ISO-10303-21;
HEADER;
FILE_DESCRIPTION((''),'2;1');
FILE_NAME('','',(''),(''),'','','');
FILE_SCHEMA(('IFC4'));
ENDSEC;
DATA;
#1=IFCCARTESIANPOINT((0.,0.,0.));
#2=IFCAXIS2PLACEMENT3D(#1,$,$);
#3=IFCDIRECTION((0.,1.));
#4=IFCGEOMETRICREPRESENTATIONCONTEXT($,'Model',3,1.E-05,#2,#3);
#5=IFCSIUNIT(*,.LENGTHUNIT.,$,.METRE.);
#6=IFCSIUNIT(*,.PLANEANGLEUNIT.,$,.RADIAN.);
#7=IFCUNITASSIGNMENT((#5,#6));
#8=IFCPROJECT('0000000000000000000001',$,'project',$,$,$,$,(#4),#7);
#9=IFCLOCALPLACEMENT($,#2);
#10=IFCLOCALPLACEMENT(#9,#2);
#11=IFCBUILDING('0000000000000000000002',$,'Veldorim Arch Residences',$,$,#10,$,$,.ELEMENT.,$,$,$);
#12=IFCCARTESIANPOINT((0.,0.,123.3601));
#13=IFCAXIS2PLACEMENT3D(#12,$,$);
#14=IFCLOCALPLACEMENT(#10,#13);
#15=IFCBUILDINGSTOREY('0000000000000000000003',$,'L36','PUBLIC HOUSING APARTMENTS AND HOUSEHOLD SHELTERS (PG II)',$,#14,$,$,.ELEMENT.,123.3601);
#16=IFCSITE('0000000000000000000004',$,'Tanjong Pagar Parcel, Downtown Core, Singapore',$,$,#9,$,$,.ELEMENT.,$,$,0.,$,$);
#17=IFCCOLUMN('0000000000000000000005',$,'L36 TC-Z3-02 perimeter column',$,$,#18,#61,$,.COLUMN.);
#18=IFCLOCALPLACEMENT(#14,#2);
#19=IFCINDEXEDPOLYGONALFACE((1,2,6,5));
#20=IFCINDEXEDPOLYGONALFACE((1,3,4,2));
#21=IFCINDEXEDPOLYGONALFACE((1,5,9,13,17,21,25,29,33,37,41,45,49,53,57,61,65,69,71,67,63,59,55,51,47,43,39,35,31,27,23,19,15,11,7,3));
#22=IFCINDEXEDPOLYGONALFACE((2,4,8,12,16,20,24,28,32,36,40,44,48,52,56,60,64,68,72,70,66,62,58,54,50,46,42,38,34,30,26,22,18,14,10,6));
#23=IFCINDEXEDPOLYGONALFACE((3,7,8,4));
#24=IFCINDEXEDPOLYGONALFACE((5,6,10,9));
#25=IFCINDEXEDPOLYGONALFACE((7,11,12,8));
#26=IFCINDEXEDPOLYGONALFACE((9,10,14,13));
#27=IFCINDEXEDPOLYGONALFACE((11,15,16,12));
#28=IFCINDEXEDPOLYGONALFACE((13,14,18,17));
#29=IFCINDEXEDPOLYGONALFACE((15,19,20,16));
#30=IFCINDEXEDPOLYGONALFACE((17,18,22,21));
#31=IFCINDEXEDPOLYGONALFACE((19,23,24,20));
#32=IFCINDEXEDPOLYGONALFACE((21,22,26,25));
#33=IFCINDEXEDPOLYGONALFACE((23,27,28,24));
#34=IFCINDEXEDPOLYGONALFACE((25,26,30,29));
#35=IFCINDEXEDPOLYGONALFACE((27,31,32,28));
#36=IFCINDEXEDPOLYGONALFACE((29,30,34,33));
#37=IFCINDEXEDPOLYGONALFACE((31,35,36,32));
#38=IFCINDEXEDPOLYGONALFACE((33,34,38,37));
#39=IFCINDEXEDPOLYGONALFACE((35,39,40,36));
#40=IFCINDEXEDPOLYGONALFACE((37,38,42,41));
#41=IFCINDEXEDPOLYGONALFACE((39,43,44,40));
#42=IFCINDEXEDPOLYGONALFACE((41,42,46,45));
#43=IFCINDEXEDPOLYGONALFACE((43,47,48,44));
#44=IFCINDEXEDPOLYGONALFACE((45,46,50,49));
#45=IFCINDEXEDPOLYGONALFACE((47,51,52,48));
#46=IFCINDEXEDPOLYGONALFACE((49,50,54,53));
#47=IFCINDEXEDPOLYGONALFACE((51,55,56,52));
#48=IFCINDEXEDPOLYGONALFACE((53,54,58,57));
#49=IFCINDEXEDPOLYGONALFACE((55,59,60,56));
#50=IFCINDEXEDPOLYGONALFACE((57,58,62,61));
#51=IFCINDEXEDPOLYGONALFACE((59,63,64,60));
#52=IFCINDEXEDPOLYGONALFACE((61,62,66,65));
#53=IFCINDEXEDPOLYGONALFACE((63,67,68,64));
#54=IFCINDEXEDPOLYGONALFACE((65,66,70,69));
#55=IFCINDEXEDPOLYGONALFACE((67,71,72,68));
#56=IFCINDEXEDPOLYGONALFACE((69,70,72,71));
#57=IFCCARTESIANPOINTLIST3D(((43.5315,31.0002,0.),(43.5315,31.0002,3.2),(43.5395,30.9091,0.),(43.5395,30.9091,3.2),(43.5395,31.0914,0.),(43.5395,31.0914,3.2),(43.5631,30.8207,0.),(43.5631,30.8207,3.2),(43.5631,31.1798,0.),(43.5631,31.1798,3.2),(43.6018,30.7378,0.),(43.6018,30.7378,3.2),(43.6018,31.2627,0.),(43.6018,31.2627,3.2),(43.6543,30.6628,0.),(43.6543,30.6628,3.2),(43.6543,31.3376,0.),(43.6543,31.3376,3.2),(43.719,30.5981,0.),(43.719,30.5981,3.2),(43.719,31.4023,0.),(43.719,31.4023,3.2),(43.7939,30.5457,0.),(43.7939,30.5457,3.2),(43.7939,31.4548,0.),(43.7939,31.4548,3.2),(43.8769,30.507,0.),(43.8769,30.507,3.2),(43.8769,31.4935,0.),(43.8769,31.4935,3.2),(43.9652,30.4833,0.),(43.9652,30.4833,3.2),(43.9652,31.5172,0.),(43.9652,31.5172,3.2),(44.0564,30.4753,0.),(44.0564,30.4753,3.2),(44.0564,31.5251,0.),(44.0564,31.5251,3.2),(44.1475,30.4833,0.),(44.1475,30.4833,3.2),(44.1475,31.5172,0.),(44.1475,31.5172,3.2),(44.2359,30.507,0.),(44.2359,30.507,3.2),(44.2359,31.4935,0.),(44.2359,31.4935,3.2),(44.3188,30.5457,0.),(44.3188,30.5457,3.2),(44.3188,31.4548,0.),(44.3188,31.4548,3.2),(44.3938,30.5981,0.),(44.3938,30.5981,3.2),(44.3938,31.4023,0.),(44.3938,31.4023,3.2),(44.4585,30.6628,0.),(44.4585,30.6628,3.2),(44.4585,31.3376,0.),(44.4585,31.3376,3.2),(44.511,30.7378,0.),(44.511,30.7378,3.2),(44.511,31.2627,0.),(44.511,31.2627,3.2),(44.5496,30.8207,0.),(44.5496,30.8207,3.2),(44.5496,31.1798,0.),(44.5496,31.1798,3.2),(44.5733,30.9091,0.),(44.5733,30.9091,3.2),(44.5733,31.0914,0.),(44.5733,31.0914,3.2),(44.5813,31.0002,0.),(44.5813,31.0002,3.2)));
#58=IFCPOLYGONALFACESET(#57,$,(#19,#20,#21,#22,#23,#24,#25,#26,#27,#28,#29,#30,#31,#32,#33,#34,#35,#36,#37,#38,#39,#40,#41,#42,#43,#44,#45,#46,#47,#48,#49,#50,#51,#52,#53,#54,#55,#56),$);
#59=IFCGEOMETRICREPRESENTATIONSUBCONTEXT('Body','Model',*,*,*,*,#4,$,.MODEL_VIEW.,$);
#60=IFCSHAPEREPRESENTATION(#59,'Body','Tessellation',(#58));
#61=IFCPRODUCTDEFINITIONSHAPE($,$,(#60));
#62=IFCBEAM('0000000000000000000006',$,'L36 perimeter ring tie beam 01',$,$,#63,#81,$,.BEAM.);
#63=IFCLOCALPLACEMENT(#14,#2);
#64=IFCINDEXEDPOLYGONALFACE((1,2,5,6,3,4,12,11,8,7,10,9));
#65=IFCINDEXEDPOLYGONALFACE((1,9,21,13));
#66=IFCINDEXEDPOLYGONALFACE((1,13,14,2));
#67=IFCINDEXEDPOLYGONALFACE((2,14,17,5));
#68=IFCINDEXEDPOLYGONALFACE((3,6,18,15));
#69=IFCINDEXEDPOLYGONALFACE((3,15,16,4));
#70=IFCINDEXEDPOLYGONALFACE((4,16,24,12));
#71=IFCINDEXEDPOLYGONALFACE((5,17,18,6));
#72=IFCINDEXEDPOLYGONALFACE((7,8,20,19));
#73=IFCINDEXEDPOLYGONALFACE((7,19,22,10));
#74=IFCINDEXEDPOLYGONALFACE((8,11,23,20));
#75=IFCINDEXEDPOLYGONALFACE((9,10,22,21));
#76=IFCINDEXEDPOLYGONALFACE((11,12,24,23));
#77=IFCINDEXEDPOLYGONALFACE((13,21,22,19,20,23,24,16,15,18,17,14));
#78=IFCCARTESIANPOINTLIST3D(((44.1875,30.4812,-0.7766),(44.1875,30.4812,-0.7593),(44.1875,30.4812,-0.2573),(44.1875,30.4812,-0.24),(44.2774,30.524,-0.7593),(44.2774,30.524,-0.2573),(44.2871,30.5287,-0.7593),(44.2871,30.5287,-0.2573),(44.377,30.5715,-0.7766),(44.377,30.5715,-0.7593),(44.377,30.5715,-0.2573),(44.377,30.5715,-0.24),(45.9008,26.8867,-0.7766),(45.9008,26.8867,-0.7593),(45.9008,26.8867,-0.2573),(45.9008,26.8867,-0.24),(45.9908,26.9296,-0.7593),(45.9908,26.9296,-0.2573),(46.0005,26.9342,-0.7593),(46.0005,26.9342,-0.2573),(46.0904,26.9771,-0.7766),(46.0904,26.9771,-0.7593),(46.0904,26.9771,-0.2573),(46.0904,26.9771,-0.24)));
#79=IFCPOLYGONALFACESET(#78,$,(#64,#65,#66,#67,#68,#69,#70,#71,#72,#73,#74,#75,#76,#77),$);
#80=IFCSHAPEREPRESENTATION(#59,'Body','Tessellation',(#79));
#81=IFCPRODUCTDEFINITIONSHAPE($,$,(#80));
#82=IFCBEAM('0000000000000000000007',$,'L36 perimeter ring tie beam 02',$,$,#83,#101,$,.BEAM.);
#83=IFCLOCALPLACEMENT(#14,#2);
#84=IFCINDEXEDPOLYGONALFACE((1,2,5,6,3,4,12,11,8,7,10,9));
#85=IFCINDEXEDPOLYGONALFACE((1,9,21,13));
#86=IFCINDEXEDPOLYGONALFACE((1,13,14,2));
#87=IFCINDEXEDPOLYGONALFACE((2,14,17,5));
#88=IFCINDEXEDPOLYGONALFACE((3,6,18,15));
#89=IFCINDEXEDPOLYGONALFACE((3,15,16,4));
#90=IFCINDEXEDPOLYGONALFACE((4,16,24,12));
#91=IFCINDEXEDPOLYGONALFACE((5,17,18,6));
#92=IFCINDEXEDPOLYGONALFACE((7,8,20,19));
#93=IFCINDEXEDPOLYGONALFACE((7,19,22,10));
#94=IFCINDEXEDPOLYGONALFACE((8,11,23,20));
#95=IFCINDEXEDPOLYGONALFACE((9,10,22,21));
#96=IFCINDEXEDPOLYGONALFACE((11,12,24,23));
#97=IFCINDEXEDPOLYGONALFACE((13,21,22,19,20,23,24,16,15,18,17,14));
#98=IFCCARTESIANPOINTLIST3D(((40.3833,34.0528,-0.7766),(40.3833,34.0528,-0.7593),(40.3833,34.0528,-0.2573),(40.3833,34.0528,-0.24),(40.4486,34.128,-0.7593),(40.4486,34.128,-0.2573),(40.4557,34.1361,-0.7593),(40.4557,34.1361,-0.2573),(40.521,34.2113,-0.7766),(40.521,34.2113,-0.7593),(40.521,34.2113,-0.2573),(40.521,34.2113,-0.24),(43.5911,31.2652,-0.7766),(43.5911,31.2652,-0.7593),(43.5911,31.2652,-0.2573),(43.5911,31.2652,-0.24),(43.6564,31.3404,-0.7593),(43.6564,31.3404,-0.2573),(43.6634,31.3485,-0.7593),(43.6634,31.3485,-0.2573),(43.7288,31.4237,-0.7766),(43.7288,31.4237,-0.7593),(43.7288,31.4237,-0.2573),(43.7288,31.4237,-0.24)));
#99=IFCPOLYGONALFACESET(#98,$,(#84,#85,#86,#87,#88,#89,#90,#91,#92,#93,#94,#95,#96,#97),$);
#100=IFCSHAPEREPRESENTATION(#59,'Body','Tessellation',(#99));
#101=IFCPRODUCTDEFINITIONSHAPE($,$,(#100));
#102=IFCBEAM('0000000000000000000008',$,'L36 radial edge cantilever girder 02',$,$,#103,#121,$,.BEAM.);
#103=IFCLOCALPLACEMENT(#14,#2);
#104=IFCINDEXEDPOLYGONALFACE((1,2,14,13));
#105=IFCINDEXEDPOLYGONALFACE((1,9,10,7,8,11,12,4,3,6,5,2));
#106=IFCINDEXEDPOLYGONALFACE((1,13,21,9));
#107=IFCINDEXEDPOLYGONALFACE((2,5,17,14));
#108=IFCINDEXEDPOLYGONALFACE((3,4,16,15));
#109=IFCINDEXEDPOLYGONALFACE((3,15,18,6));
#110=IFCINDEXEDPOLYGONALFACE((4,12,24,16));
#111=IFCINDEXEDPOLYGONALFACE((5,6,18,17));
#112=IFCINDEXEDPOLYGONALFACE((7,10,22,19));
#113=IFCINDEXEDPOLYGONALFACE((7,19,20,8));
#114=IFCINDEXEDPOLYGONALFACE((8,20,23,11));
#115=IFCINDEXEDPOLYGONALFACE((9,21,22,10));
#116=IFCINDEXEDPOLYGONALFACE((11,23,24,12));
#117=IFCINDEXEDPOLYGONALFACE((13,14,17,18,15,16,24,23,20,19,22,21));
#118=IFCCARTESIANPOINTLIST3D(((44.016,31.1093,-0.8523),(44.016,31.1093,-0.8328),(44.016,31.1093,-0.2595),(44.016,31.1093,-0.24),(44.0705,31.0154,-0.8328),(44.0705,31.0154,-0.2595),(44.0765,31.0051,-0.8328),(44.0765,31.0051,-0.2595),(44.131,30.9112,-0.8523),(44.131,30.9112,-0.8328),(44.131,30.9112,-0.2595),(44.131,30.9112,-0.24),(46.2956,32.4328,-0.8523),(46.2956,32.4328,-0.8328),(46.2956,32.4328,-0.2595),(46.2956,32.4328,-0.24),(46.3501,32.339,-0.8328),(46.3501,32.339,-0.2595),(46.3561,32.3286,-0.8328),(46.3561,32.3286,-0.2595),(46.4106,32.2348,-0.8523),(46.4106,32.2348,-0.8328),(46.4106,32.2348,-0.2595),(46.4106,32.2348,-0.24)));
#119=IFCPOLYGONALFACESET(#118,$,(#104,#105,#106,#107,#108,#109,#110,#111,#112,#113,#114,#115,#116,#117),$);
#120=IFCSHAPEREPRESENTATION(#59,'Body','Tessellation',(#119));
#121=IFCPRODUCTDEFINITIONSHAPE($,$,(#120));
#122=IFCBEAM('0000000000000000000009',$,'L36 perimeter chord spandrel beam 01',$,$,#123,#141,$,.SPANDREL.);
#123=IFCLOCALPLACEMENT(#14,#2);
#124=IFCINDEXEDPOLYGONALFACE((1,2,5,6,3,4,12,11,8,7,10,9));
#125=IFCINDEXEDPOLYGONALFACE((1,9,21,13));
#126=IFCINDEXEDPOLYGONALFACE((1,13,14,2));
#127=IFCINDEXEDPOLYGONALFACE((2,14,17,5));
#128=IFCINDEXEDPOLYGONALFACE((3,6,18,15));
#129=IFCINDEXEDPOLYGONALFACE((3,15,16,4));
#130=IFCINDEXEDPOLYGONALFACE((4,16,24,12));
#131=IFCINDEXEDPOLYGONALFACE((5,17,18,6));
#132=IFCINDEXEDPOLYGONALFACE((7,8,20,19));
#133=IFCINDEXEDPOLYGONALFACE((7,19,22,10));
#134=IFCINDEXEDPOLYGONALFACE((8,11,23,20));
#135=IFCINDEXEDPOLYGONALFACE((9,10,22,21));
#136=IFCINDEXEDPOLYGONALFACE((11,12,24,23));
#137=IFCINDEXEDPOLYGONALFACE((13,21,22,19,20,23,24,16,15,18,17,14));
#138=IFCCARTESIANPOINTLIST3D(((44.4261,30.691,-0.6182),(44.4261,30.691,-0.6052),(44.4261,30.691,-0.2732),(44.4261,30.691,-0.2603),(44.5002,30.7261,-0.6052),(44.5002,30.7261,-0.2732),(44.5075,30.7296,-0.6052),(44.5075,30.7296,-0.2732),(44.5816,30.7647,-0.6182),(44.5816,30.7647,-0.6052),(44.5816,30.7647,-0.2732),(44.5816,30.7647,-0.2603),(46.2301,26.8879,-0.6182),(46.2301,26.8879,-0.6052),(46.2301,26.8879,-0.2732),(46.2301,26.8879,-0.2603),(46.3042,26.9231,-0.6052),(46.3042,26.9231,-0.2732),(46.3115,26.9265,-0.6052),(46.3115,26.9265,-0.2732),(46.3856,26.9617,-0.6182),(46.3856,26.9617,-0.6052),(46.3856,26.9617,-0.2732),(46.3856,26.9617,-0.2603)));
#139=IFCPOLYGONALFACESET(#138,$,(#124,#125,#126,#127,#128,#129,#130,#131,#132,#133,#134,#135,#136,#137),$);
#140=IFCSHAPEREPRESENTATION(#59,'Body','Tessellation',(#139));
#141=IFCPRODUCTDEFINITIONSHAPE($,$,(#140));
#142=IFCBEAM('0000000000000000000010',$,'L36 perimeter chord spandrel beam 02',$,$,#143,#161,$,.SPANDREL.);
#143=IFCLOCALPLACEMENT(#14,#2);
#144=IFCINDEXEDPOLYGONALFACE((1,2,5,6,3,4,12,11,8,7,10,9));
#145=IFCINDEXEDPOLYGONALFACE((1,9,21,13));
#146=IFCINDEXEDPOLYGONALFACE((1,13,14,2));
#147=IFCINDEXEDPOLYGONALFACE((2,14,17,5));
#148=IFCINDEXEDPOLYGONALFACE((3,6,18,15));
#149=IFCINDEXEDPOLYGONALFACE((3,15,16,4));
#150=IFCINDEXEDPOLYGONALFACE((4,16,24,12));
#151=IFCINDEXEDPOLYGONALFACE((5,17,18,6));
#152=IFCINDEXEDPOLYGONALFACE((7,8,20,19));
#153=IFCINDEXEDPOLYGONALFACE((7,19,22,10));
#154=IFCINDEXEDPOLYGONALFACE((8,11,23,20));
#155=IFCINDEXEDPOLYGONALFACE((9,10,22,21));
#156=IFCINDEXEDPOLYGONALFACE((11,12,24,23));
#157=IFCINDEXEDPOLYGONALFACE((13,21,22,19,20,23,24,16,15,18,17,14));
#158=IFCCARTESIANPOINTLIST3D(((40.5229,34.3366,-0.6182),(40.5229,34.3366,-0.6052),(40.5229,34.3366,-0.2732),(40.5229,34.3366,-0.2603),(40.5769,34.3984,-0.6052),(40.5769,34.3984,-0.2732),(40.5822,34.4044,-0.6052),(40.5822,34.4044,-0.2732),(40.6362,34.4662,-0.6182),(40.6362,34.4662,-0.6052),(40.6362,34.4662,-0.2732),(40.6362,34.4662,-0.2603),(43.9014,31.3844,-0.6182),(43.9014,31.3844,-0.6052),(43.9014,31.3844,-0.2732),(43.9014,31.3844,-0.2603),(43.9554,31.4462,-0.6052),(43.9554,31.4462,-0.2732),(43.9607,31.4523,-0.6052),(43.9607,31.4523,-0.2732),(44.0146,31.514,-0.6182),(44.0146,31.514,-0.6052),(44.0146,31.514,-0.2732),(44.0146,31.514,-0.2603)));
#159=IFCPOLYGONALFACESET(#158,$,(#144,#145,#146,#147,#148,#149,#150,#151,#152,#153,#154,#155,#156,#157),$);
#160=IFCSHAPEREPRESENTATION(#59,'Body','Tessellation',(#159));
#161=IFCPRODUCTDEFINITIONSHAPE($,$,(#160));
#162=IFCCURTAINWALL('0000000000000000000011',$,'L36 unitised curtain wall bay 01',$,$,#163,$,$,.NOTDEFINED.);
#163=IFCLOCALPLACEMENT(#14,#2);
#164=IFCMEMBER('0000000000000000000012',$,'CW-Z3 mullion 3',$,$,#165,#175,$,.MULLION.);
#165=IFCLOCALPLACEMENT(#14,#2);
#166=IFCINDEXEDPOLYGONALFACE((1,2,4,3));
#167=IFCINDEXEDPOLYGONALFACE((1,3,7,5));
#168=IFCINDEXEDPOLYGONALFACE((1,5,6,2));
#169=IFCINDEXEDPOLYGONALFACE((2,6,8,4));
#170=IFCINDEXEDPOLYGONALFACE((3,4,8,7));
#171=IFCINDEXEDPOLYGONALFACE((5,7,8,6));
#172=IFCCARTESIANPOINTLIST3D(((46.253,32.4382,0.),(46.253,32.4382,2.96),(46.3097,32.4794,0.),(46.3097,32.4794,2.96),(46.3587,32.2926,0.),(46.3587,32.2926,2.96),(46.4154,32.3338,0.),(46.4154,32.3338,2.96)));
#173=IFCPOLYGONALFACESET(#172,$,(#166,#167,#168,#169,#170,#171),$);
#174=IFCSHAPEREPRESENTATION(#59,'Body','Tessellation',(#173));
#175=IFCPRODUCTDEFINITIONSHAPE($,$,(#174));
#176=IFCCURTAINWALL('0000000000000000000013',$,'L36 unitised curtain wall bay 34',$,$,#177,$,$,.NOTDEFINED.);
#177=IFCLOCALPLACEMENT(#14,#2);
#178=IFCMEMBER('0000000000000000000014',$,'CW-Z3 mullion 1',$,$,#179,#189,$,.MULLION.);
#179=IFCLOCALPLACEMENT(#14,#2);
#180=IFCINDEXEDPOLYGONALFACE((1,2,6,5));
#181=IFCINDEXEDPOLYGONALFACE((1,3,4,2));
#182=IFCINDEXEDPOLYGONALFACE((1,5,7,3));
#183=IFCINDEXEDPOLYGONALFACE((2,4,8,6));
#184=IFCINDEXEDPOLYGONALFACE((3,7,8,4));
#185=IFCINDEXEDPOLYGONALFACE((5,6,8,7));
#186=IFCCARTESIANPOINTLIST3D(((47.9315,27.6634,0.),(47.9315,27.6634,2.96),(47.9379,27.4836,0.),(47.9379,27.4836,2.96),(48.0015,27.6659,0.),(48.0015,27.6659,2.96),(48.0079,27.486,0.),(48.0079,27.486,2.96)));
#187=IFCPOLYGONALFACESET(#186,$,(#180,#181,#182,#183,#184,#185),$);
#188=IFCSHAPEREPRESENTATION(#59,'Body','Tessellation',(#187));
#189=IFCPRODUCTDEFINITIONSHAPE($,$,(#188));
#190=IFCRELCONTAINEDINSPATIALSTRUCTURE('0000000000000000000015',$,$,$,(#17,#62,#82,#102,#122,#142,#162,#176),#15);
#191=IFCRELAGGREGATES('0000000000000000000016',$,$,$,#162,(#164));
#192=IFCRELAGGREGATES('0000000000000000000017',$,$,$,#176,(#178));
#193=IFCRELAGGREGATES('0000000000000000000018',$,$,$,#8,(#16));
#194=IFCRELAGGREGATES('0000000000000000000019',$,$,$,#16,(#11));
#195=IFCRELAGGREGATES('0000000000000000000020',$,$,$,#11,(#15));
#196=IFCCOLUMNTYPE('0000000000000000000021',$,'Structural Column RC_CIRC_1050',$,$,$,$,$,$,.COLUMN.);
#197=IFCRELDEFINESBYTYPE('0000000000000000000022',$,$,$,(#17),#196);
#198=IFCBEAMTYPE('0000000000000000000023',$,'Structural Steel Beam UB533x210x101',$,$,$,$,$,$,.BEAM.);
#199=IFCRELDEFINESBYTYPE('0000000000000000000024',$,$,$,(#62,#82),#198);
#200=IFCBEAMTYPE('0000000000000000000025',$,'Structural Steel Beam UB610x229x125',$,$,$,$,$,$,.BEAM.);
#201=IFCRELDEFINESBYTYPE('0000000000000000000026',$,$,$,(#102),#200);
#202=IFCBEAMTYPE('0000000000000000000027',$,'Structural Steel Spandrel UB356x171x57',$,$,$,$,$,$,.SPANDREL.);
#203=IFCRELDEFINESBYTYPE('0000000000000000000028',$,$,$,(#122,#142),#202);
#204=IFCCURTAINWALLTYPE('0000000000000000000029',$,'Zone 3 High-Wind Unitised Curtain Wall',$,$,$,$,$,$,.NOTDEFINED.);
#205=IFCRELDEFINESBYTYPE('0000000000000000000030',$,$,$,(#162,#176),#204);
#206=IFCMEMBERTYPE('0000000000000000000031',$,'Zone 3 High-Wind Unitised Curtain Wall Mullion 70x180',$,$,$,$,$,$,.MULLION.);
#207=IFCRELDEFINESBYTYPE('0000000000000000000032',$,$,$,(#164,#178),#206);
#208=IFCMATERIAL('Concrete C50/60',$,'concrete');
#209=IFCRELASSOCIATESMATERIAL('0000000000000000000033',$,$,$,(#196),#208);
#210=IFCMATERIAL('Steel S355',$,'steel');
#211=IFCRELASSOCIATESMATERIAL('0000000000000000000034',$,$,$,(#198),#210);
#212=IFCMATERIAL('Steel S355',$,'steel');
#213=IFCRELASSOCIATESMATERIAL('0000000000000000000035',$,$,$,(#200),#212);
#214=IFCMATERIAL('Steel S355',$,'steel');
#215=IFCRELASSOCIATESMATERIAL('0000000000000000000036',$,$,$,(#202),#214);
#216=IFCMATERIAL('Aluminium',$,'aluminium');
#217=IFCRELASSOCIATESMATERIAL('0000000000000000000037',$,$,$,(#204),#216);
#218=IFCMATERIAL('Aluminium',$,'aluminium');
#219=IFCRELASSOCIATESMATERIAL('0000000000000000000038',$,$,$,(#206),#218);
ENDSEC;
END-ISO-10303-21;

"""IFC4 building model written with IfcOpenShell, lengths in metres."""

from ifc_helpers import new_model, si_unit, direction, frame, origin, origin_2d, place, context, subcontext, project, spatial, rectangle, circle, i_section, extrude, material, material_profile, profile_set, type_object, element, aggregate, save


model = new_model("IFC4")

# Units and contexts
model_context = context("Model", 3, precision=1e-05, world=origin(), true_north=direction((0.0, 1.0)))
body_context = subcontext(model_context, "Body", "Model", "MODEL_VIEW")
ifc_project = project(units=[si_unit("LENGTHUNIT", "METRE"), si_unit("PLANEANGLEUNIT", "RADIAN")], contexts=[model_context])

# Site, building, storey
site_placement = place(None, origin())
site = spatial("IfcSite", under=ifc_project, at=site_placement, Name="Tanjong Pagar Parcel, Downtown Core, Singapore", CompositionType="ELEMENT", RefElevation=0.0)
building_placement = place(site_placement, origin())
building = spatial("IfcBuilding", under=site, at=building_placement, Name="Veldorim Arch Residences", CompositionType="ELEMENT")
storey_placement = place(building_placement, frame((0.0, 0.0, 123.3601)))
storey = spatial("IfcBuildingStorey", under=building, at=storey_placement, Name="L36", Description="PUBLIC HOUSING APARTMENTS AND HOUSEHOLD SHELTERS (PG II)", CompositionType="ELEMENT", Elevation=123.3601)

# Column
ifc_material_1 = material(Name="Concrete C50/60", Category="concrete")
ifc_material_profile_1 = material_profile(ifc_material_1, circle(Radius=0.5249, at=origin_2d()), Name="RC_CIRC_1050")
ifc_profile_set_1 = profile_set([ifc_material_profile_1], Name="Concrete C50/60")
column_type = type_object("IfcColumnType", Name="Structural Column RC_CIRC_1050", PredefinedType="COLUMN", material=ifc_profile_set_1)
column_placement = place(storey_placement, frame((44.0564, 31.0002, 0.0), z_axis=(0.0, 0.0, 1.0), x_axis=(1.0, 0.0, 0.0)))
element("IfcColumn", 1, at=column_placement, inside=storey, type_object=column_type, Name="L36 TC-Z3-02 perimeter column", PredefinedType="COLUMN", context=body_context, shape_type="SweptSolid", body=[
    extrude(circle(Radius=0.5249, at=origin_2d()), origin(), (0.0, 0.0, 1.0), 3.2),
])

# Beams
ifc_material_2 = material(Name="Steel S355", Category="steel")
ifc_material_profile_2 = material_profile(ifc_material_2, i_section(OverallWidth=0.21, OverallDepth=0.5366, WebThickness=0.0107, FlangeThickness=0.0173, at=origin_2d()), Name="UB533x210x101")
ifc_profile_set_2 = profile_set([ifc_material_profile_2], Name="Steel S355")
beam_type_1 = type_object("IfcBeamType", Name="Structural Steel Beam UB533x210x101", PredefinedType="BEAM", material=ifc_profile_set_2)
beam_1_placement = place(storey_placement, frame((45.9956, 26.9319, -0.5083), z_axis=(-0.430286, 0.902693, 0.0), x_axis=(-0.902693, -0.430286, 0.0)))
element("IfcBeam", 2, at=beam_1_placement, inside=storey, type_object=beam_type_1, Name="L36 perimeter ring tie beam 01", PredefinedType="BEAM", context=body_context, shape_type="SweptSolid", body=[
    extrude(i_section(OverallWidth=0.21, OverallDepth=0.5366, WebThickness=0.0107, FlangeThickness=0.0173, at=origin_2d()), origin(), (0.0, 0.0, 1.0), 3.9819),
])
beam_2_placement = place(storey_placement, frame((43.6599, 31.3445, -0.5083), z_axis=(-0.754811, 0.655943, 0.0), x_axis=(-0.655943, -0.754811, 0.0)))
element("IfcBeam", 3, at=beam_2_placement, inside=storey, type_object=beam_type_1, Name="L36 perimeter ring tie beam 02", PredefinedType="BEAM", context=body_context, shape_type="SweptSolid", body=[
    extrude(i_section(OverallWidth=0.21, OverallDepth=0.5366, WebThickness=0.0107, FlangeThickness=0.0173, at=origin_2d()), origin(), (0.0, 0.0, 1.0), 4.2498),
])
ifc_material_3 = material(Name="Steel S355", Category="steel")
ifc_material_profile_3 = material_profile(ifc_material_3, i_section(OverallWidth=0.229, OverallDepth=0.6123, WebThickness=0.012, FlangeThickness=0.0195, at=origin_2d()), Name="UB610x229x125")
ifc_profile_set_3 = profile_set([ifc_material_profile_3], Name="Steel S355")
beam_type_2 = type_object("IfcBeamType", Name="Structural Steel Beam UB610x229x125", PredefinedType="BEAM", material=ifc_profile_set_3)
beam_3_placement = place(storey_placement, frame((44.0735, 31.0103, -0.5461), z_axis=(0.864808, 0.502102, 0.0), x_axis=(-0.502102, 0.864808, 0.0)))
element("IfcBeam", 4, at=beam_3_placement, inside=storey, type_object=beam_type_2, Name="L36 radial edge cantilever girder 02", PredefinedType="BEAM", context=body_context, shape_type="SweptSolid", body=[
    extrude(i_section(OverallWidth=0.229, OverallDepth=0.6123, WebThickness=0.012, FlangeThickness=0.0195, at=origin_2d()), origin(), (0.0, 0.0, 1.0), 2.636),
])
ifc_material_4 = material(Name="Steel S355", Category="steel")
ifc_material_profile_4 = material_profile(ifc_material_4, i_section(OverallWidth=0.1721, OverallDepth=0.3579, WebThickness=0.0081, FlangeThickness=0.0129, at=origin_2d()), Name="UB356x171x57")
ifc_profile_set_4 = profile_set([ifc_material_profile_4], Name="Steel S355")
beam_type_3 = type_object("IfcBeamType", Name="Structural Steel Spandrel UB356x171x57", PredefinedType="SPANDREL", material=ifc_profile_set_4)
beam_4_placement = place(storey_placement, frame((46.3079, 26.9248, -0.4392), z_axis=(-0.42858, 0.903504, 0.0), x_axis=(-0.903504, -0.42858, 0.0)))
element("IfcBeam", 5, at=beam_4_placement, inside=storey, type_object=beam_type_3, Name="L36 perimeter chord spandrel beam 01", PredefinedType="SPANDREL", context=body_context, shape_type="SweptSolid", body=[
    extrude(i_section(OverallWidth=0.1721, OverallDepth=0.3579, WebThickness=0.0081, FlangeThickness=0.0129, at=origin_2d()), origin(), (0.0, 0.0, 1.0), 4.2092),
])
beam_5_placement = place(storey_placement, frame((43.958, 31.4492, -0.4392), z_axis=(-0.753015, 0.658004, 0.0), x_axis=(-0.658004, -0.753015, 0.0)))
element("IfcBeam", 6, at=beam_5_placement, inside=storey, type_object=beam_type_3, Name="L36 perimeter chord spandrel beam 02", PredefinedType="SPANDREL", context=body_context, shape_type="SweptSolid", body=[
    extrude(i_section(OverallWidth=0.1721, OverallDepth=0.3579, WebThickness=0.0081, FlangeThickness=0.0129, at=origin_2d()), origin(), (0.0, 0.0, 1.0), 4.4866),
])

# Curtain walls, members
ifc_material_5 = material(Name="Aluminium", Category="aluminium")
curtain_wall_type = type_object("IfcCurtainWallType", Name="Zone 3 High-Wind Unitised Curtain Wall", PredefinedType="NOTDEFINED", material=ifc_material_5)
curtain_wall_1_placement = place(storey_placement, origin())
curtain_wall_1 = element("IfcCurtainWall", 7, at=curtain_wall_1_placement, inside=storey, type_object=curtain_wall_type, Name="L36 unitised curtain wall bay 01", PredefinedType="NOTDEFINED")
ifc_material_6 = material(Name="Aluminium", Category="aluminium")
ifc_material_profile_5 = material_profile(ifc_material_6, rectangle(XDim=0.0701, YDim=0.1799, at=origin_2d()), Name="ALU_MUL_70x180")
ifc_profile_set_5 = profile_set([ifc_material_profile_5], Name="Aluminium")
member_type_1 = type_object("IfcMemberType", Name="Zone 3 High-Wind Unitised Curtain Wall Mullion 70x180", PredefinedType="MULLION", material=ifc_profile_set_5)
member_1_placement = place(storey_placement, frame((46.3342, 32.386, 0.0), z_axis=(0.0, 0.0, 1.0), x_axis=(0.809162, 0.587585, 0.0)))
member_1 = element("IfcMember", 8, at=member_1_placement, type_object=member_type_1, Name="CW-Z3 mullion 3", PredefinedType="MULLION", context=body_context, shape_type="SweptSolid", body=[
    extrude(rectangle(XDim=0.0701, YDim=0.1799, at=origin_2d()), origin(), (0.0, 0.0, 1.0), 2.96),
])
curtain_wall_2_placement = place(storey_placement, origin())
curtain_wall_2 = element("IfcCurtainWall", 9, at=curtain_wall_2_placement, inside=storey, type_object=curtain_wall_type, Name="L36 unitised curtain wall bay 34", PredefinedType="NOTDEFINED")
member_2_placement = place(storey_placement, frame((47.9697, 27.5747, 0.0), z_axis=(0.0, 0.0, 1.0), x_axis=(0.99937, 0.035498, 0.0)))
member_2 = element("IfcMember", 10, at=member_2_placement, type_object=member_type_1, Name="CW-Z3 mullion 1", PredefinedType="MULLION", context=body_context, shape_type="SweptSolid", body=[
    extrude(rectangle(XDim=0.0701, YDim=0.1799, at=origin_2d()), origin(), (0.0, 0.0, 1.0), 2.96),
])

aggregate(curtain_wall_1, [member_1])
aggregate(curtain_wall_2, [member_2])

save(model, "model.ifc")
